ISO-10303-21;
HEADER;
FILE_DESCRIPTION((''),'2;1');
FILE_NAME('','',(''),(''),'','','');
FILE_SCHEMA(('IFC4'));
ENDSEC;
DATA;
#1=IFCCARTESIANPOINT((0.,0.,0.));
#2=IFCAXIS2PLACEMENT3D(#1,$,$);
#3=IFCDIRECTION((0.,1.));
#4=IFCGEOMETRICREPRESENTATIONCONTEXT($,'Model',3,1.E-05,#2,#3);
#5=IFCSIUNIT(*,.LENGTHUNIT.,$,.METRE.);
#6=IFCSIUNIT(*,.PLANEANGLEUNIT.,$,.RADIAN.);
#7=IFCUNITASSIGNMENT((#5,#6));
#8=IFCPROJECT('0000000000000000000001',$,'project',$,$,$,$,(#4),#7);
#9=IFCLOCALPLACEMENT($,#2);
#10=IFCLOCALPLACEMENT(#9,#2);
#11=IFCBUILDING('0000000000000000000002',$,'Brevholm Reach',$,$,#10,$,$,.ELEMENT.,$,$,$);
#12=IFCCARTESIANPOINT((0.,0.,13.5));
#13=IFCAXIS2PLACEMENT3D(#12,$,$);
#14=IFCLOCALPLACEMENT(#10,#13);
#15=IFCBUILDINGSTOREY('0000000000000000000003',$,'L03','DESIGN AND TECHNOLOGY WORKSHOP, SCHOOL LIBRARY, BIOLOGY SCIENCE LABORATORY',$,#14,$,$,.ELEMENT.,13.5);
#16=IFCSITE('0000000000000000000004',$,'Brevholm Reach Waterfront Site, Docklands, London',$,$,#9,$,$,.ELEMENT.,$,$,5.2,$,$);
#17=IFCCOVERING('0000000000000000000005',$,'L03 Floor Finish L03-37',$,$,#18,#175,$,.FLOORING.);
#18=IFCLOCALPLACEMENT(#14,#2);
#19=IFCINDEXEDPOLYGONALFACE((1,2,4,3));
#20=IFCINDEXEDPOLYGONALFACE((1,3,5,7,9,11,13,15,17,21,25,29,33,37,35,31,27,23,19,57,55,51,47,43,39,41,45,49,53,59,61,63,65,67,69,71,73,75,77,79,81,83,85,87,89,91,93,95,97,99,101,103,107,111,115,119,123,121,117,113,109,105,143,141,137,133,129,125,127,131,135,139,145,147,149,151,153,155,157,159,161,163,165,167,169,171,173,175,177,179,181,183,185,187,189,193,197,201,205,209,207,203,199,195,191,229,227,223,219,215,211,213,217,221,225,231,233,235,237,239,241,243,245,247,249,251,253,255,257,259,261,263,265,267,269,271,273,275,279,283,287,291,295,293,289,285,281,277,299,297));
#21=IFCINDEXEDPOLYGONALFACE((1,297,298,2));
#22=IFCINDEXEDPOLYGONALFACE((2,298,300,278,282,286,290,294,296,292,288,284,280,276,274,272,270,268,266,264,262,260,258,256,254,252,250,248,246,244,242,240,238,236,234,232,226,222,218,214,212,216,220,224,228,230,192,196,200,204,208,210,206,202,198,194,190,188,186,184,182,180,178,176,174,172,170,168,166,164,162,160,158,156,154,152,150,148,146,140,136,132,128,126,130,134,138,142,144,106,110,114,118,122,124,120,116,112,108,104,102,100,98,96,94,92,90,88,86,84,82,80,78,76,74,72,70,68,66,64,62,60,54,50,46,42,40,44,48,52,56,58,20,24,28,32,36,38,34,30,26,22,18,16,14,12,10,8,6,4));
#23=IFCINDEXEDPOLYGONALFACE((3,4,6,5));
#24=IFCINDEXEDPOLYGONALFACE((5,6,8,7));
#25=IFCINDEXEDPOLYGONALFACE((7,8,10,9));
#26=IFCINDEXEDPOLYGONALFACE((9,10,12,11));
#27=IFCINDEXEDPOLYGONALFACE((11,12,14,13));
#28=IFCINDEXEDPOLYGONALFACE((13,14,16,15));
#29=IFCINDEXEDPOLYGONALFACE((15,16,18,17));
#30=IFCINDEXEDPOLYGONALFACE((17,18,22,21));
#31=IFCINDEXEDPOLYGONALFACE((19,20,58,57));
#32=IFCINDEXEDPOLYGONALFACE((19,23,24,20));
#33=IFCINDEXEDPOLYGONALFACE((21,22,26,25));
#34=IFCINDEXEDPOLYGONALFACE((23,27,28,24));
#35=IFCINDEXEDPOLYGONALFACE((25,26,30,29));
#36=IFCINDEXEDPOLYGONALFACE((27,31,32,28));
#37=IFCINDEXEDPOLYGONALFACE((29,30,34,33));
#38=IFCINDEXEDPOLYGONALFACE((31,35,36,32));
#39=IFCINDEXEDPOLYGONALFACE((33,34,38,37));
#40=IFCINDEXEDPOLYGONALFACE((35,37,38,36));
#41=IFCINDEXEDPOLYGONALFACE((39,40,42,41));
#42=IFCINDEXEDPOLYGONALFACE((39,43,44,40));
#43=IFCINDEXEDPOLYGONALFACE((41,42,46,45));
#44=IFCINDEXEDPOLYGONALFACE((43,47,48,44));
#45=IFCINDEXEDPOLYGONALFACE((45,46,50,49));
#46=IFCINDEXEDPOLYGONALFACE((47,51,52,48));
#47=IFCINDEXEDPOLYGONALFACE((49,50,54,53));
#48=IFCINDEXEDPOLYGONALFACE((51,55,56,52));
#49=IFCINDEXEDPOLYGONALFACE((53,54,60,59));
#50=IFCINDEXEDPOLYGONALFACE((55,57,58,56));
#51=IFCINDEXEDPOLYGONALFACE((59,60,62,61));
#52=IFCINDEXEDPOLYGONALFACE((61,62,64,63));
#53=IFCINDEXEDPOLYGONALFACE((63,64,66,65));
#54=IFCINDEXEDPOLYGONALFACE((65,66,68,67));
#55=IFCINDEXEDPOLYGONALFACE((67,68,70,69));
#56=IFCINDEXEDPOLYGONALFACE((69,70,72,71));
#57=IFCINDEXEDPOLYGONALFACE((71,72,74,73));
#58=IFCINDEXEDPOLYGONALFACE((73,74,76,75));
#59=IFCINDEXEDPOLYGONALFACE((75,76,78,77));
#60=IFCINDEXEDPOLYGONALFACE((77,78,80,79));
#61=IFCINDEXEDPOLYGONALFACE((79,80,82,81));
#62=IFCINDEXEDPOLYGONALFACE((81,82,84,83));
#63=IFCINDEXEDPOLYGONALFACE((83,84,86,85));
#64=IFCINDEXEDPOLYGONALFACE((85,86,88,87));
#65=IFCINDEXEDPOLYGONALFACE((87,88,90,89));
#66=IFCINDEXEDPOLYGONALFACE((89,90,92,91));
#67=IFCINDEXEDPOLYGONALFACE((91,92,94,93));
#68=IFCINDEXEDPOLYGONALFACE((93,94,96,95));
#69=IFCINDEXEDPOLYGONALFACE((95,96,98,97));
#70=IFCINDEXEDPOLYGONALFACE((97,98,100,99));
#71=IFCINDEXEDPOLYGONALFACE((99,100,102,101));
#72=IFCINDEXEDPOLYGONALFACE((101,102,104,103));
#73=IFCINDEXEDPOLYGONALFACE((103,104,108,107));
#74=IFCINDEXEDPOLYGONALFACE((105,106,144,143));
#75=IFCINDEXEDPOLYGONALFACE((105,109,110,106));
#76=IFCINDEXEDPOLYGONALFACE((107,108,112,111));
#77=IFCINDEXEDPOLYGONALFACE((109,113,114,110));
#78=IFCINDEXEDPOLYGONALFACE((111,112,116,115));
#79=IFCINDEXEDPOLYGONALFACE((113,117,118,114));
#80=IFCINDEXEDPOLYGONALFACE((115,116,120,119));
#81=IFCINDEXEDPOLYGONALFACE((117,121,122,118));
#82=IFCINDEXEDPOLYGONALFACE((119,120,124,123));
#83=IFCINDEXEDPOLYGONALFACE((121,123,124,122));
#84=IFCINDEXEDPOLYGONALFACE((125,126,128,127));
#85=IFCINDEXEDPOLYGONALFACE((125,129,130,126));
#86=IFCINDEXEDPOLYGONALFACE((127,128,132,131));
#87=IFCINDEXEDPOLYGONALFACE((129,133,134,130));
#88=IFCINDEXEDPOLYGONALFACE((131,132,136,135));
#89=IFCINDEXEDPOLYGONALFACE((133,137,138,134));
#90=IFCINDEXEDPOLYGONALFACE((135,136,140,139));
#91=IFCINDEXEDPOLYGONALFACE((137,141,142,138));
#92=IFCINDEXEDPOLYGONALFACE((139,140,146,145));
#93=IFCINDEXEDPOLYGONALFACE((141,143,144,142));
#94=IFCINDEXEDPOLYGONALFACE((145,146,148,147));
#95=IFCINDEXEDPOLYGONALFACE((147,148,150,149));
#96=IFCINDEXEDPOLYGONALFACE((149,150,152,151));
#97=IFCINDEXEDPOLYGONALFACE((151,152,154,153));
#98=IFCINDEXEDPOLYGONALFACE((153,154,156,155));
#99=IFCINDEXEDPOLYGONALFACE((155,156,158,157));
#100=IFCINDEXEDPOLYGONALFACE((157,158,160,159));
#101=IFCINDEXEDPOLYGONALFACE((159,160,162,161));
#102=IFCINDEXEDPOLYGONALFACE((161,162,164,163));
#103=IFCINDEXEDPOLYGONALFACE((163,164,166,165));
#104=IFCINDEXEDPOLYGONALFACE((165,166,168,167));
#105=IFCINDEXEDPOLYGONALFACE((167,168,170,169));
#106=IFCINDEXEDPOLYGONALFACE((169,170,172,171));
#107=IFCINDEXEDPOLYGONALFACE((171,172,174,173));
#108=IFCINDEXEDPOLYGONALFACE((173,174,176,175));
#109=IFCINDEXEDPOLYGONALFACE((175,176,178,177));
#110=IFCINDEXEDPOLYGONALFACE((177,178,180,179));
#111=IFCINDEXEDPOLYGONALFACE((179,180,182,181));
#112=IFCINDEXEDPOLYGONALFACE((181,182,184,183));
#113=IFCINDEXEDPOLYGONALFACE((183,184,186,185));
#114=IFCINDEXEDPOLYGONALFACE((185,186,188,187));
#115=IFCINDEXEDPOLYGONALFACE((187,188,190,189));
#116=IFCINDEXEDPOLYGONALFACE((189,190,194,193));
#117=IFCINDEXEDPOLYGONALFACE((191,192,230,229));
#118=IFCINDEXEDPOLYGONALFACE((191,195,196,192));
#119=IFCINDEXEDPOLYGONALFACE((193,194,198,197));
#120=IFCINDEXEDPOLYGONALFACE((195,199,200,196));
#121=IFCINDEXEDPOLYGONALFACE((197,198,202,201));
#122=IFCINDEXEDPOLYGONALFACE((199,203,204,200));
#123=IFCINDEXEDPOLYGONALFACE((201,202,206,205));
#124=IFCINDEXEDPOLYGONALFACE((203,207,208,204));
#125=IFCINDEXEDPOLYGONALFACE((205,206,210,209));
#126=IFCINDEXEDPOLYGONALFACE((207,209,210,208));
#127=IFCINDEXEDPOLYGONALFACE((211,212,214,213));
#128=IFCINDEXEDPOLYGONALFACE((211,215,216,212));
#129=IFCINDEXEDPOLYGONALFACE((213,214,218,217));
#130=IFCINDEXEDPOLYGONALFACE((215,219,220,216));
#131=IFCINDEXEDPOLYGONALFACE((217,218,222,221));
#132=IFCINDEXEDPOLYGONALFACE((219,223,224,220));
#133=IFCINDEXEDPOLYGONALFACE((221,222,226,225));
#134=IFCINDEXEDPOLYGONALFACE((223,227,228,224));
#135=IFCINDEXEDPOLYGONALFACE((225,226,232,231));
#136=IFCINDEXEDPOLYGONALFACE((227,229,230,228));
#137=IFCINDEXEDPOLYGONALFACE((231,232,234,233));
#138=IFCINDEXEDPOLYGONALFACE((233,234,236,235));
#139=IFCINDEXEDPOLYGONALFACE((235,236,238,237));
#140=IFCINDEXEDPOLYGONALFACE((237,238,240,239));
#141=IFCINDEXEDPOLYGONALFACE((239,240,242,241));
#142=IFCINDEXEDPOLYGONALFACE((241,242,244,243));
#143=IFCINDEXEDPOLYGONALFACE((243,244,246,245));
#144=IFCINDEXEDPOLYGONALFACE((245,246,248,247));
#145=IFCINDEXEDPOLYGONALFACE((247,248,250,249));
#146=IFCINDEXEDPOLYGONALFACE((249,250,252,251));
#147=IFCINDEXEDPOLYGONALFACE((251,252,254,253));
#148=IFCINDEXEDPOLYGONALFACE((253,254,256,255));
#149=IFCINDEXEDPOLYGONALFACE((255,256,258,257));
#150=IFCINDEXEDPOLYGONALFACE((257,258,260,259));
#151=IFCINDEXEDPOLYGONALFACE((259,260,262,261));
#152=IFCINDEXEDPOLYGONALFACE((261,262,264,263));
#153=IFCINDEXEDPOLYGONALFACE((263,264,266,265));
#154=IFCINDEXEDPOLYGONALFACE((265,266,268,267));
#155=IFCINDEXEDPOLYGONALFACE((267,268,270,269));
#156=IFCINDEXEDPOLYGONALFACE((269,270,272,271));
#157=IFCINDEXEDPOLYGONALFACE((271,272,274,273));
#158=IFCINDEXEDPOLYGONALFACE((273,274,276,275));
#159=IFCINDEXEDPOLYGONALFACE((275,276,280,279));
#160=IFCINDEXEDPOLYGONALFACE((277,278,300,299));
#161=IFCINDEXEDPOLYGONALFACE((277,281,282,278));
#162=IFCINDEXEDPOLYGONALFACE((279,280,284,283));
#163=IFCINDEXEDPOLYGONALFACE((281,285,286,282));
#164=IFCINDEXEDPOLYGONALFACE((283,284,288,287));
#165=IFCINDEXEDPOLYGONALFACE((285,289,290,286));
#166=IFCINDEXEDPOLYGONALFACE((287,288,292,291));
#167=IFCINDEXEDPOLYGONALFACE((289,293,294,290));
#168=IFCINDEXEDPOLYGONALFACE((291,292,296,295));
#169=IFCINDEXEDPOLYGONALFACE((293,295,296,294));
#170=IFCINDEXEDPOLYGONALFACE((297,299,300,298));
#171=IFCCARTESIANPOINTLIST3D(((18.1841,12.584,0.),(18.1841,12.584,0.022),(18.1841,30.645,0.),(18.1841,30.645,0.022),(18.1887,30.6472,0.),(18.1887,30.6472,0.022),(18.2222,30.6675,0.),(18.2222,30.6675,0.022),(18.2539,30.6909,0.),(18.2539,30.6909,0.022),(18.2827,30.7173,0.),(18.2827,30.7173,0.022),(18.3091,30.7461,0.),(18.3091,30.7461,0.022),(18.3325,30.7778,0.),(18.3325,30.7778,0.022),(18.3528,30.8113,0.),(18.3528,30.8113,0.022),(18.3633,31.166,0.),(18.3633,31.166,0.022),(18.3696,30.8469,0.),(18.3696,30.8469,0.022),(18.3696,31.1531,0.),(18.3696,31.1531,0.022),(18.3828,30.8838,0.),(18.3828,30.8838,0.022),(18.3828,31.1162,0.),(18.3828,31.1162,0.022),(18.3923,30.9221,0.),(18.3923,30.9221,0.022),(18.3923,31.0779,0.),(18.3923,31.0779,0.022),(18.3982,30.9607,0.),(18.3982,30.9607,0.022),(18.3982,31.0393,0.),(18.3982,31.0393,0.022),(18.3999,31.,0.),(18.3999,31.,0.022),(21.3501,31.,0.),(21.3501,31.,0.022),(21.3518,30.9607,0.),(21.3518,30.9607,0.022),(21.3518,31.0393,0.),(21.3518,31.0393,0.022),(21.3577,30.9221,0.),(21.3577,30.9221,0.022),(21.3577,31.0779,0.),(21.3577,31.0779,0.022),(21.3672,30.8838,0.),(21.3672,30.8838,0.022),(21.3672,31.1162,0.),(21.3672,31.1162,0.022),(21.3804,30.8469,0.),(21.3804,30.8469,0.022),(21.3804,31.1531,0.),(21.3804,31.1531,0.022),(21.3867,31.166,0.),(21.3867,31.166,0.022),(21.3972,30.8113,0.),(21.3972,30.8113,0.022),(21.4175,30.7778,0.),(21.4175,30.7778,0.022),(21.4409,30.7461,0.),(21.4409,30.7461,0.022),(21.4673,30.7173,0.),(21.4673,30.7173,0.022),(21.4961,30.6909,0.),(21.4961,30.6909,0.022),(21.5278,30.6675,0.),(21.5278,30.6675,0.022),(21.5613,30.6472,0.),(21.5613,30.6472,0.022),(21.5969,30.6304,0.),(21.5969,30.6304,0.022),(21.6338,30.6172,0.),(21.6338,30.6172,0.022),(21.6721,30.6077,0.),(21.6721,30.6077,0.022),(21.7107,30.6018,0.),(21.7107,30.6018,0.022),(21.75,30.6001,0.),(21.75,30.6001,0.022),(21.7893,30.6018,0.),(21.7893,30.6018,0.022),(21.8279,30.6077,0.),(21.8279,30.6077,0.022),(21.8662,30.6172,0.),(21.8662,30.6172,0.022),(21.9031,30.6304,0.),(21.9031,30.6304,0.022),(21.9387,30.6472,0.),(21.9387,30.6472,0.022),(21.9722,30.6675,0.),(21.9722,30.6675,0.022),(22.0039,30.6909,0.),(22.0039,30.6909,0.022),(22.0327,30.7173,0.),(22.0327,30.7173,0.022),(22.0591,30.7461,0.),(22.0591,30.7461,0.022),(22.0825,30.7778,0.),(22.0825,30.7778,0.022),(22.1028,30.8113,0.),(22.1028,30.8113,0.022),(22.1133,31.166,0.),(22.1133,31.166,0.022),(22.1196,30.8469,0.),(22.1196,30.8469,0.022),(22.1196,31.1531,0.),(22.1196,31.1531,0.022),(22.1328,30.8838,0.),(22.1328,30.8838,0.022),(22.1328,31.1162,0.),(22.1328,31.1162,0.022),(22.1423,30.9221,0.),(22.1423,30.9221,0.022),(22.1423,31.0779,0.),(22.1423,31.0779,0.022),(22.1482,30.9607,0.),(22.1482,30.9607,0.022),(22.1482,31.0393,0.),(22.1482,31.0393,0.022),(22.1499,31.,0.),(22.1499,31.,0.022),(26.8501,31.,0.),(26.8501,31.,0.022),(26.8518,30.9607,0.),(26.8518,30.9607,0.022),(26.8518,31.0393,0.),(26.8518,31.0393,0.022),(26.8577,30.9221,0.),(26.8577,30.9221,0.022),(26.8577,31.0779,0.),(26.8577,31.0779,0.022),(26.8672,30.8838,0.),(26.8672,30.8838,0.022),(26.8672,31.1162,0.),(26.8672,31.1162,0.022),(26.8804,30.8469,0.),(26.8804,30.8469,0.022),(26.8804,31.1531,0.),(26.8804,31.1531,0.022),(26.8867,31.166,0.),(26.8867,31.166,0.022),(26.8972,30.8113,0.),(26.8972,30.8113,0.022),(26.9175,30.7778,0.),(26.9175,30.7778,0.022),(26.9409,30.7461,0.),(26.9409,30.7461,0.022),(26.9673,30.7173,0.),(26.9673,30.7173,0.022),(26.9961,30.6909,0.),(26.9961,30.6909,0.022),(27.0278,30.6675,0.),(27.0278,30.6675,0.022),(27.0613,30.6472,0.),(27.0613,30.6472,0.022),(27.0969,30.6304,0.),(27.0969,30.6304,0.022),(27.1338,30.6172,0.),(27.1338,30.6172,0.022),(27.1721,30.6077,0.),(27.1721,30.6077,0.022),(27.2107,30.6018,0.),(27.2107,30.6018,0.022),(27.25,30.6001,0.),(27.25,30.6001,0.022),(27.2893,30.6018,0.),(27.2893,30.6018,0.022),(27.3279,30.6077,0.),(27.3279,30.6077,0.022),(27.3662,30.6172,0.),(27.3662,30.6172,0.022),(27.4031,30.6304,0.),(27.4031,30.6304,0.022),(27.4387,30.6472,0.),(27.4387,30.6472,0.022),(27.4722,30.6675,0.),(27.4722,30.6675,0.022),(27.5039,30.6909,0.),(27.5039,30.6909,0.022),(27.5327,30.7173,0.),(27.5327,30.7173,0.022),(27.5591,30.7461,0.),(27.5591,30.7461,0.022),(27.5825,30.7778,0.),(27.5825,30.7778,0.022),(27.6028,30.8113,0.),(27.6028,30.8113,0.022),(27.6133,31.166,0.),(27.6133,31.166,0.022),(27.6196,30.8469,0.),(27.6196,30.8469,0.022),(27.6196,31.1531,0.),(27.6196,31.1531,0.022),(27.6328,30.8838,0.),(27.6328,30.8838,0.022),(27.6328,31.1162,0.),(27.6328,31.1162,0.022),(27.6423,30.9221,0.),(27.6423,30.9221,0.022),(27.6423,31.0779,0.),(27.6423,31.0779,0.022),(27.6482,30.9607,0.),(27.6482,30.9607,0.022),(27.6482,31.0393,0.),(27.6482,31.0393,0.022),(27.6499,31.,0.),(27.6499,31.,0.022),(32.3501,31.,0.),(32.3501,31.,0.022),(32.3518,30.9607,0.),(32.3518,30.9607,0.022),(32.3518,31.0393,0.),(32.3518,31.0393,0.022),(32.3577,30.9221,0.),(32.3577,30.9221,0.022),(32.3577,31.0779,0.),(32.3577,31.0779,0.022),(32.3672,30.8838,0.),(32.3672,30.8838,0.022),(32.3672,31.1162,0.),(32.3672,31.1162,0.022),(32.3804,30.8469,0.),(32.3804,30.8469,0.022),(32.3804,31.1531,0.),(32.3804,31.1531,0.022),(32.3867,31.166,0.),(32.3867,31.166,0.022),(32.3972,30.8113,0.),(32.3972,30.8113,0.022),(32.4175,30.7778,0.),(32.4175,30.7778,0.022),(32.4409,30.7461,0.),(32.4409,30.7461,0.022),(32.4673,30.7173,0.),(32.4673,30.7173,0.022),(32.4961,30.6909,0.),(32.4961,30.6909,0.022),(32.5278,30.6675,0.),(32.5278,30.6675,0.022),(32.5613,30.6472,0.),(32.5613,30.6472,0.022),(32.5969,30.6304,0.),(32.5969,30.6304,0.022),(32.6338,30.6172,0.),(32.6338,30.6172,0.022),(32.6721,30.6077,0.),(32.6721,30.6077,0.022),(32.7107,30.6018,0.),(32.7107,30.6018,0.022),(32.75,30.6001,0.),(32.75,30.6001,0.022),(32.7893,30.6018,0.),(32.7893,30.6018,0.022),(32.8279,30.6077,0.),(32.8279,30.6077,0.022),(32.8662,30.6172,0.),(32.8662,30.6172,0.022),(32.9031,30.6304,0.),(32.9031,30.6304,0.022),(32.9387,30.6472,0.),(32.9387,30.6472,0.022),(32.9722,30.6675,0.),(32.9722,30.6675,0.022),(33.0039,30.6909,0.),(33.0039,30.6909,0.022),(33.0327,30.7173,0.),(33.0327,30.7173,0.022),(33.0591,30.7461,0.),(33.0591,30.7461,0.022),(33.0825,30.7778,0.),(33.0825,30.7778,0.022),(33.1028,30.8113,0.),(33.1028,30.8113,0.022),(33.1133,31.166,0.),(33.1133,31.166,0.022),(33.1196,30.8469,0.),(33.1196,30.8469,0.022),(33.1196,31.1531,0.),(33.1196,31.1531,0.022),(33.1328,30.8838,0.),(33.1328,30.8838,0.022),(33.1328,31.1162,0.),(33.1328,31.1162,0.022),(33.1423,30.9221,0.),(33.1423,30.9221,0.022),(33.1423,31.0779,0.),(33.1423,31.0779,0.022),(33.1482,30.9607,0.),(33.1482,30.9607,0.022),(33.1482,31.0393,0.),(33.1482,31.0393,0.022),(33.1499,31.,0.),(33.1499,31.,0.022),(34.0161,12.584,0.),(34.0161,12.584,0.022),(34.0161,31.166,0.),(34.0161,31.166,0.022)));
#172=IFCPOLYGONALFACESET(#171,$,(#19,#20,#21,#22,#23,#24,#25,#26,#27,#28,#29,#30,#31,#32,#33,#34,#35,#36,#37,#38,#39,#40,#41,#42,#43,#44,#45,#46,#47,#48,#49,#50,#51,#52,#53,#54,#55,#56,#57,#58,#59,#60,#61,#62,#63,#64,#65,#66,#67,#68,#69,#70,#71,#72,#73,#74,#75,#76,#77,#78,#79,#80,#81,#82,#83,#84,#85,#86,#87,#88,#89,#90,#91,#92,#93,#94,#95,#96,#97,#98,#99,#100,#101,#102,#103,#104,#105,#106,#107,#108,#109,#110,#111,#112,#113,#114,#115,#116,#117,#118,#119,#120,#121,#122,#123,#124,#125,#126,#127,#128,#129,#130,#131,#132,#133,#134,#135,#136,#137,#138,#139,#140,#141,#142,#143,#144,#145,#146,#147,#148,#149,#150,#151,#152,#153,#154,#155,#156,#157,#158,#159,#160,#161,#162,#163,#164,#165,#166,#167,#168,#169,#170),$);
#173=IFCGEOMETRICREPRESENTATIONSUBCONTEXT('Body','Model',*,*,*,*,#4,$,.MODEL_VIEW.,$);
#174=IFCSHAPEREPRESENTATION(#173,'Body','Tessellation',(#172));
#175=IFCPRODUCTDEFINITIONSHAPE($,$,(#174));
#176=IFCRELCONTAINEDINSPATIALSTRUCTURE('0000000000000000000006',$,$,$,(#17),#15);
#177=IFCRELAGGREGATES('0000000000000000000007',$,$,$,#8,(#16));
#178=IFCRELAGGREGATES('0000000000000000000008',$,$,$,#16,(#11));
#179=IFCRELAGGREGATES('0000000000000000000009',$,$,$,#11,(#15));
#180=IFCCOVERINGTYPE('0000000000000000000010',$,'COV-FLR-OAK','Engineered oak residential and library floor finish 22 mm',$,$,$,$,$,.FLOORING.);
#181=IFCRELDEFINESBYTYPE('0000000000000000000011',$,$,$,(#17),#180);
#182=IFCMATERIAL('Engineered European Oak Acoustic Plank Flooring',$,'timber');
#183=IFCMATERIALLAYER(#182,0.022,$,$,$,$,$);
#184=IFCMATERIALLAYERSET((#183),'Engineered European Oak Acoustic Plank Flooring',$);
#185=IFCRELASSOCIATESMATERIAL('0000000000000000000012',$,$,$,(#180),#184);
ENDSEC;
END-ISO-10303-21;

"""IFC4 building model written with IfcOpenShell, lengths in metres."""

from ifc_helpers import new_model, si_unit, direction, frame, origin, place, context, subcontext, project, spatial, polyline, outline, extrude, material, layer, layer_set, type_object, element, save


model = new_model("IFC4")

# Units and contexts
model_context = context("Model", 3, precision=1e-05, world=origin(), true_north=direction((0.0, 1.0)))
body_context = subcontext(model_context, "Body", "Model", "MODEL_VIEW")
ifc_project = project(units=[si_unit("LENGTHUNIT", "METRE"), si_unit("PLANEANGLEUNIT", "RADIAN")], contexts=[model_context])

# Site, building, storey
site_placement = place(None, origin())
site = spatial("IfcSite", under=ifc_project, at=site_placement, Name="Brevholm Reach Waterfront Site, Docklands, London", CompositionType="ELEMENT", RefElevation=5.2)
building_placement = place(site_placement, origin())
building = spatial("IfcBuilding", under=site, at=building_placement, Name="Brevholm Reach", CompositionType="ELEMENT")
storey_placement = place(building_placement, frame((0.0, 0.0, 13.5)))
storey = spatial("IfcBuildingStorey", under=building, at=storey_placement, Name="L03", Description="DESIGN AND TECHNOLOGY WORKSHOP, SCHOOL LIBRARY, BIOLOGY SCIENCE LABORATORY", CompositionType="ELEMENT", Elevation=13.5)

# Covering
ifc_material_1 = material(Name="Engineered European Oak Acoustic Plank Flooring", Category="timber")
ifc_layer_1 = layer(ifc_material_1, 0.022)
ifc_layer_set_1 = layer_set([ifc_layer_1], Name="Engineered European Oak Acoustic Plank Flooring")
covering_type_1 = type_object("IfcCoveringType", Name="COV-FLR-OAK", Description="Engineered oak residential and library floor finish 22 mm", PredefinedType="FLOORING", material=ifc_layer_set_1)
covering_1_placement = place(storey_placement, origin())
element("IfcCovering", 1, at=covering_1_placement, inside=storey, type_object=covering_type_1, Name="L03 Floor Finish L03-37", PredefinedType="FLOORING", context=body_context, shape_type="SweptSolid", body=[
    extrude(outline(polyline([(18.1841, 12.584), (18.1841, 30.645), (18.1887, 30.6472), (18.2222, 30.6675), (18.2539, 30.6909), (18.2827, 30.7173), (18.3091, 30.7461), (18.3325, 30.7778), (18.3528, 30.8113), (18.3696, 30.8469), (18.3828, 30.8838), (18.3923, 30.9221), (18.3982, 30.9607), (18.3999, 31.0), (18.3982, 31.0393), (18.3923, 31.0779), (18.3828, 31.1162), (18.3696, 31.1531), (18.3633, 31.166), (21.3867, 31.166), (21.3804, 31.1531), (21.3672, 31.1162), (21.3577, 31.0779), (21.3518, 31.0393), (21.3501, 31.0), (21.3518, 30.9607), (21.3577, 30.9221), (21.3672, 30.8838), (21.3804, 30.8469), (21.3972, 30.8113), (21.4175, 30.7778), (21.4409, 30.7461), (21.4673, 30.7173), (21.4961, 30.6909), (21.5278, 30.6675), (21.5613, 30.6472), (21.5969, 30.6304), (21.6338, 30.6172), (21.6721, 30.6077), (21.7107, 30.6018), (21.75, 30.6001), (21.7893, 30.6018), (21.8279, 30.6077), (21.8662, 30.6172), (21.9031, 30.6304), (21.9387, 30.6472), (21.9722, 30.6675), (22.0039, 30.6909), (22.0327, 30.7173), (22.0591, 30.7461), (22.0825, 30.7778), (22.1028, 30.8113), (22.1196, 30.8469), (22.1328, 30.8838), (22.1423, 30.9221), (22.1482, 30.9607), (22.1499, 31.0), (22.1482, 31.0393), (22.1423, 31.0779), (22.1328, 31.1162), (22.1196, 31.1531), (22.1133, 31.166), (26.8867, 31.166), (26.8804, 31.1531), (26.8672, 31.1162), (26.8577, 31.0779), (26.8518, 31.0393), (26.8501, 31.0), (26.8518, 30.9607), (26.8577, 30.9221), (26.8672, 30.8838), (26.8804, 30.8469), (26.8972, 30.8113), (26.9175, 30.7778), (26.9409, 30.7461), (26.9673, 30.7173), (26.9961, 30.6909), (27.0278, 30.6675), (27.0613, 30.6472), (27.0969, 30.6304), (27.1338, 30.6172), (27.1721, 30.6077), (27.2107, 30.6018), (27.25, 30.6001), (27.2893, 30.6018), (27.3279, 30.6077), (27.3662, 30.6172), (27.4031, 30.6304), (27.4387, 30.6472), (27.4722, 30.6675), (27.5039, 30.6909), (27.5327, 30.7173), (27.5591, 30.7461), (27.5825, 30.7778), (27.6028, 30.8113), (27.6196, 30.8469), (27.6328, 30.8838), (27.6423, 30.9221), (27.6482, 30.9607), (27.6499, 31.0), (27.6482, 31.0393), (27.6423, 31.0779), (27.6328, 31.1162), (27.6196, 31.1531), (27.6133, 31.166), (32.3867, 31.166), (32.3804, 31.1531), (32.3672, 31.1162), (32.3577, 31.0779), (32.3518, 31.0393), (32.3501, 31.0), (32.3518, 30.9607), (32.3577, 30.9221), (32.3672, 30.8838), (32.3804, 30.8469), (32.3972, 30.8113), (32.4175, 30.7778), (32.4409, 30.7461), (32.4673, 30.7173), (32.4961, 30.6909), (32.5278, 30.6675), (32.5613, 30.6472), (32.5969, 30.6304), (32.6338, 30.6172), (32.6721, 30.6077), (32.7107, 30.6018), (32.75, 30.6001), (32.7893, 30.6018), (32.8279, 30.6077), (32.8662, 30.6172), (32.9031, 30.6304), (32.9387, 30.6472), (32.9722, 30.6675), (33.0039, 30.6909), (33.0327, 30.7173), (33.0591, 30.7461), (33.0825, 30.7778), (33.1028, 30.8113), (33.1196, 30.8469), (33.1328, 30.8838), (33.1423, 30.9221), (33.1482, 30.9607), (33.1499, 31.0), (33.1482, 31.0393), (33.1423, 31.0779), (33.1328, 31.1162), (33.1196, 31.1531), (33.1133, 31.166), (34.0161, 31.166), (34.0161, 12.584), (18.1841, 12.584)])), origin(), (0.0, 0.0, 1.0), 0.022),
])

save(model, "model.ifc")
